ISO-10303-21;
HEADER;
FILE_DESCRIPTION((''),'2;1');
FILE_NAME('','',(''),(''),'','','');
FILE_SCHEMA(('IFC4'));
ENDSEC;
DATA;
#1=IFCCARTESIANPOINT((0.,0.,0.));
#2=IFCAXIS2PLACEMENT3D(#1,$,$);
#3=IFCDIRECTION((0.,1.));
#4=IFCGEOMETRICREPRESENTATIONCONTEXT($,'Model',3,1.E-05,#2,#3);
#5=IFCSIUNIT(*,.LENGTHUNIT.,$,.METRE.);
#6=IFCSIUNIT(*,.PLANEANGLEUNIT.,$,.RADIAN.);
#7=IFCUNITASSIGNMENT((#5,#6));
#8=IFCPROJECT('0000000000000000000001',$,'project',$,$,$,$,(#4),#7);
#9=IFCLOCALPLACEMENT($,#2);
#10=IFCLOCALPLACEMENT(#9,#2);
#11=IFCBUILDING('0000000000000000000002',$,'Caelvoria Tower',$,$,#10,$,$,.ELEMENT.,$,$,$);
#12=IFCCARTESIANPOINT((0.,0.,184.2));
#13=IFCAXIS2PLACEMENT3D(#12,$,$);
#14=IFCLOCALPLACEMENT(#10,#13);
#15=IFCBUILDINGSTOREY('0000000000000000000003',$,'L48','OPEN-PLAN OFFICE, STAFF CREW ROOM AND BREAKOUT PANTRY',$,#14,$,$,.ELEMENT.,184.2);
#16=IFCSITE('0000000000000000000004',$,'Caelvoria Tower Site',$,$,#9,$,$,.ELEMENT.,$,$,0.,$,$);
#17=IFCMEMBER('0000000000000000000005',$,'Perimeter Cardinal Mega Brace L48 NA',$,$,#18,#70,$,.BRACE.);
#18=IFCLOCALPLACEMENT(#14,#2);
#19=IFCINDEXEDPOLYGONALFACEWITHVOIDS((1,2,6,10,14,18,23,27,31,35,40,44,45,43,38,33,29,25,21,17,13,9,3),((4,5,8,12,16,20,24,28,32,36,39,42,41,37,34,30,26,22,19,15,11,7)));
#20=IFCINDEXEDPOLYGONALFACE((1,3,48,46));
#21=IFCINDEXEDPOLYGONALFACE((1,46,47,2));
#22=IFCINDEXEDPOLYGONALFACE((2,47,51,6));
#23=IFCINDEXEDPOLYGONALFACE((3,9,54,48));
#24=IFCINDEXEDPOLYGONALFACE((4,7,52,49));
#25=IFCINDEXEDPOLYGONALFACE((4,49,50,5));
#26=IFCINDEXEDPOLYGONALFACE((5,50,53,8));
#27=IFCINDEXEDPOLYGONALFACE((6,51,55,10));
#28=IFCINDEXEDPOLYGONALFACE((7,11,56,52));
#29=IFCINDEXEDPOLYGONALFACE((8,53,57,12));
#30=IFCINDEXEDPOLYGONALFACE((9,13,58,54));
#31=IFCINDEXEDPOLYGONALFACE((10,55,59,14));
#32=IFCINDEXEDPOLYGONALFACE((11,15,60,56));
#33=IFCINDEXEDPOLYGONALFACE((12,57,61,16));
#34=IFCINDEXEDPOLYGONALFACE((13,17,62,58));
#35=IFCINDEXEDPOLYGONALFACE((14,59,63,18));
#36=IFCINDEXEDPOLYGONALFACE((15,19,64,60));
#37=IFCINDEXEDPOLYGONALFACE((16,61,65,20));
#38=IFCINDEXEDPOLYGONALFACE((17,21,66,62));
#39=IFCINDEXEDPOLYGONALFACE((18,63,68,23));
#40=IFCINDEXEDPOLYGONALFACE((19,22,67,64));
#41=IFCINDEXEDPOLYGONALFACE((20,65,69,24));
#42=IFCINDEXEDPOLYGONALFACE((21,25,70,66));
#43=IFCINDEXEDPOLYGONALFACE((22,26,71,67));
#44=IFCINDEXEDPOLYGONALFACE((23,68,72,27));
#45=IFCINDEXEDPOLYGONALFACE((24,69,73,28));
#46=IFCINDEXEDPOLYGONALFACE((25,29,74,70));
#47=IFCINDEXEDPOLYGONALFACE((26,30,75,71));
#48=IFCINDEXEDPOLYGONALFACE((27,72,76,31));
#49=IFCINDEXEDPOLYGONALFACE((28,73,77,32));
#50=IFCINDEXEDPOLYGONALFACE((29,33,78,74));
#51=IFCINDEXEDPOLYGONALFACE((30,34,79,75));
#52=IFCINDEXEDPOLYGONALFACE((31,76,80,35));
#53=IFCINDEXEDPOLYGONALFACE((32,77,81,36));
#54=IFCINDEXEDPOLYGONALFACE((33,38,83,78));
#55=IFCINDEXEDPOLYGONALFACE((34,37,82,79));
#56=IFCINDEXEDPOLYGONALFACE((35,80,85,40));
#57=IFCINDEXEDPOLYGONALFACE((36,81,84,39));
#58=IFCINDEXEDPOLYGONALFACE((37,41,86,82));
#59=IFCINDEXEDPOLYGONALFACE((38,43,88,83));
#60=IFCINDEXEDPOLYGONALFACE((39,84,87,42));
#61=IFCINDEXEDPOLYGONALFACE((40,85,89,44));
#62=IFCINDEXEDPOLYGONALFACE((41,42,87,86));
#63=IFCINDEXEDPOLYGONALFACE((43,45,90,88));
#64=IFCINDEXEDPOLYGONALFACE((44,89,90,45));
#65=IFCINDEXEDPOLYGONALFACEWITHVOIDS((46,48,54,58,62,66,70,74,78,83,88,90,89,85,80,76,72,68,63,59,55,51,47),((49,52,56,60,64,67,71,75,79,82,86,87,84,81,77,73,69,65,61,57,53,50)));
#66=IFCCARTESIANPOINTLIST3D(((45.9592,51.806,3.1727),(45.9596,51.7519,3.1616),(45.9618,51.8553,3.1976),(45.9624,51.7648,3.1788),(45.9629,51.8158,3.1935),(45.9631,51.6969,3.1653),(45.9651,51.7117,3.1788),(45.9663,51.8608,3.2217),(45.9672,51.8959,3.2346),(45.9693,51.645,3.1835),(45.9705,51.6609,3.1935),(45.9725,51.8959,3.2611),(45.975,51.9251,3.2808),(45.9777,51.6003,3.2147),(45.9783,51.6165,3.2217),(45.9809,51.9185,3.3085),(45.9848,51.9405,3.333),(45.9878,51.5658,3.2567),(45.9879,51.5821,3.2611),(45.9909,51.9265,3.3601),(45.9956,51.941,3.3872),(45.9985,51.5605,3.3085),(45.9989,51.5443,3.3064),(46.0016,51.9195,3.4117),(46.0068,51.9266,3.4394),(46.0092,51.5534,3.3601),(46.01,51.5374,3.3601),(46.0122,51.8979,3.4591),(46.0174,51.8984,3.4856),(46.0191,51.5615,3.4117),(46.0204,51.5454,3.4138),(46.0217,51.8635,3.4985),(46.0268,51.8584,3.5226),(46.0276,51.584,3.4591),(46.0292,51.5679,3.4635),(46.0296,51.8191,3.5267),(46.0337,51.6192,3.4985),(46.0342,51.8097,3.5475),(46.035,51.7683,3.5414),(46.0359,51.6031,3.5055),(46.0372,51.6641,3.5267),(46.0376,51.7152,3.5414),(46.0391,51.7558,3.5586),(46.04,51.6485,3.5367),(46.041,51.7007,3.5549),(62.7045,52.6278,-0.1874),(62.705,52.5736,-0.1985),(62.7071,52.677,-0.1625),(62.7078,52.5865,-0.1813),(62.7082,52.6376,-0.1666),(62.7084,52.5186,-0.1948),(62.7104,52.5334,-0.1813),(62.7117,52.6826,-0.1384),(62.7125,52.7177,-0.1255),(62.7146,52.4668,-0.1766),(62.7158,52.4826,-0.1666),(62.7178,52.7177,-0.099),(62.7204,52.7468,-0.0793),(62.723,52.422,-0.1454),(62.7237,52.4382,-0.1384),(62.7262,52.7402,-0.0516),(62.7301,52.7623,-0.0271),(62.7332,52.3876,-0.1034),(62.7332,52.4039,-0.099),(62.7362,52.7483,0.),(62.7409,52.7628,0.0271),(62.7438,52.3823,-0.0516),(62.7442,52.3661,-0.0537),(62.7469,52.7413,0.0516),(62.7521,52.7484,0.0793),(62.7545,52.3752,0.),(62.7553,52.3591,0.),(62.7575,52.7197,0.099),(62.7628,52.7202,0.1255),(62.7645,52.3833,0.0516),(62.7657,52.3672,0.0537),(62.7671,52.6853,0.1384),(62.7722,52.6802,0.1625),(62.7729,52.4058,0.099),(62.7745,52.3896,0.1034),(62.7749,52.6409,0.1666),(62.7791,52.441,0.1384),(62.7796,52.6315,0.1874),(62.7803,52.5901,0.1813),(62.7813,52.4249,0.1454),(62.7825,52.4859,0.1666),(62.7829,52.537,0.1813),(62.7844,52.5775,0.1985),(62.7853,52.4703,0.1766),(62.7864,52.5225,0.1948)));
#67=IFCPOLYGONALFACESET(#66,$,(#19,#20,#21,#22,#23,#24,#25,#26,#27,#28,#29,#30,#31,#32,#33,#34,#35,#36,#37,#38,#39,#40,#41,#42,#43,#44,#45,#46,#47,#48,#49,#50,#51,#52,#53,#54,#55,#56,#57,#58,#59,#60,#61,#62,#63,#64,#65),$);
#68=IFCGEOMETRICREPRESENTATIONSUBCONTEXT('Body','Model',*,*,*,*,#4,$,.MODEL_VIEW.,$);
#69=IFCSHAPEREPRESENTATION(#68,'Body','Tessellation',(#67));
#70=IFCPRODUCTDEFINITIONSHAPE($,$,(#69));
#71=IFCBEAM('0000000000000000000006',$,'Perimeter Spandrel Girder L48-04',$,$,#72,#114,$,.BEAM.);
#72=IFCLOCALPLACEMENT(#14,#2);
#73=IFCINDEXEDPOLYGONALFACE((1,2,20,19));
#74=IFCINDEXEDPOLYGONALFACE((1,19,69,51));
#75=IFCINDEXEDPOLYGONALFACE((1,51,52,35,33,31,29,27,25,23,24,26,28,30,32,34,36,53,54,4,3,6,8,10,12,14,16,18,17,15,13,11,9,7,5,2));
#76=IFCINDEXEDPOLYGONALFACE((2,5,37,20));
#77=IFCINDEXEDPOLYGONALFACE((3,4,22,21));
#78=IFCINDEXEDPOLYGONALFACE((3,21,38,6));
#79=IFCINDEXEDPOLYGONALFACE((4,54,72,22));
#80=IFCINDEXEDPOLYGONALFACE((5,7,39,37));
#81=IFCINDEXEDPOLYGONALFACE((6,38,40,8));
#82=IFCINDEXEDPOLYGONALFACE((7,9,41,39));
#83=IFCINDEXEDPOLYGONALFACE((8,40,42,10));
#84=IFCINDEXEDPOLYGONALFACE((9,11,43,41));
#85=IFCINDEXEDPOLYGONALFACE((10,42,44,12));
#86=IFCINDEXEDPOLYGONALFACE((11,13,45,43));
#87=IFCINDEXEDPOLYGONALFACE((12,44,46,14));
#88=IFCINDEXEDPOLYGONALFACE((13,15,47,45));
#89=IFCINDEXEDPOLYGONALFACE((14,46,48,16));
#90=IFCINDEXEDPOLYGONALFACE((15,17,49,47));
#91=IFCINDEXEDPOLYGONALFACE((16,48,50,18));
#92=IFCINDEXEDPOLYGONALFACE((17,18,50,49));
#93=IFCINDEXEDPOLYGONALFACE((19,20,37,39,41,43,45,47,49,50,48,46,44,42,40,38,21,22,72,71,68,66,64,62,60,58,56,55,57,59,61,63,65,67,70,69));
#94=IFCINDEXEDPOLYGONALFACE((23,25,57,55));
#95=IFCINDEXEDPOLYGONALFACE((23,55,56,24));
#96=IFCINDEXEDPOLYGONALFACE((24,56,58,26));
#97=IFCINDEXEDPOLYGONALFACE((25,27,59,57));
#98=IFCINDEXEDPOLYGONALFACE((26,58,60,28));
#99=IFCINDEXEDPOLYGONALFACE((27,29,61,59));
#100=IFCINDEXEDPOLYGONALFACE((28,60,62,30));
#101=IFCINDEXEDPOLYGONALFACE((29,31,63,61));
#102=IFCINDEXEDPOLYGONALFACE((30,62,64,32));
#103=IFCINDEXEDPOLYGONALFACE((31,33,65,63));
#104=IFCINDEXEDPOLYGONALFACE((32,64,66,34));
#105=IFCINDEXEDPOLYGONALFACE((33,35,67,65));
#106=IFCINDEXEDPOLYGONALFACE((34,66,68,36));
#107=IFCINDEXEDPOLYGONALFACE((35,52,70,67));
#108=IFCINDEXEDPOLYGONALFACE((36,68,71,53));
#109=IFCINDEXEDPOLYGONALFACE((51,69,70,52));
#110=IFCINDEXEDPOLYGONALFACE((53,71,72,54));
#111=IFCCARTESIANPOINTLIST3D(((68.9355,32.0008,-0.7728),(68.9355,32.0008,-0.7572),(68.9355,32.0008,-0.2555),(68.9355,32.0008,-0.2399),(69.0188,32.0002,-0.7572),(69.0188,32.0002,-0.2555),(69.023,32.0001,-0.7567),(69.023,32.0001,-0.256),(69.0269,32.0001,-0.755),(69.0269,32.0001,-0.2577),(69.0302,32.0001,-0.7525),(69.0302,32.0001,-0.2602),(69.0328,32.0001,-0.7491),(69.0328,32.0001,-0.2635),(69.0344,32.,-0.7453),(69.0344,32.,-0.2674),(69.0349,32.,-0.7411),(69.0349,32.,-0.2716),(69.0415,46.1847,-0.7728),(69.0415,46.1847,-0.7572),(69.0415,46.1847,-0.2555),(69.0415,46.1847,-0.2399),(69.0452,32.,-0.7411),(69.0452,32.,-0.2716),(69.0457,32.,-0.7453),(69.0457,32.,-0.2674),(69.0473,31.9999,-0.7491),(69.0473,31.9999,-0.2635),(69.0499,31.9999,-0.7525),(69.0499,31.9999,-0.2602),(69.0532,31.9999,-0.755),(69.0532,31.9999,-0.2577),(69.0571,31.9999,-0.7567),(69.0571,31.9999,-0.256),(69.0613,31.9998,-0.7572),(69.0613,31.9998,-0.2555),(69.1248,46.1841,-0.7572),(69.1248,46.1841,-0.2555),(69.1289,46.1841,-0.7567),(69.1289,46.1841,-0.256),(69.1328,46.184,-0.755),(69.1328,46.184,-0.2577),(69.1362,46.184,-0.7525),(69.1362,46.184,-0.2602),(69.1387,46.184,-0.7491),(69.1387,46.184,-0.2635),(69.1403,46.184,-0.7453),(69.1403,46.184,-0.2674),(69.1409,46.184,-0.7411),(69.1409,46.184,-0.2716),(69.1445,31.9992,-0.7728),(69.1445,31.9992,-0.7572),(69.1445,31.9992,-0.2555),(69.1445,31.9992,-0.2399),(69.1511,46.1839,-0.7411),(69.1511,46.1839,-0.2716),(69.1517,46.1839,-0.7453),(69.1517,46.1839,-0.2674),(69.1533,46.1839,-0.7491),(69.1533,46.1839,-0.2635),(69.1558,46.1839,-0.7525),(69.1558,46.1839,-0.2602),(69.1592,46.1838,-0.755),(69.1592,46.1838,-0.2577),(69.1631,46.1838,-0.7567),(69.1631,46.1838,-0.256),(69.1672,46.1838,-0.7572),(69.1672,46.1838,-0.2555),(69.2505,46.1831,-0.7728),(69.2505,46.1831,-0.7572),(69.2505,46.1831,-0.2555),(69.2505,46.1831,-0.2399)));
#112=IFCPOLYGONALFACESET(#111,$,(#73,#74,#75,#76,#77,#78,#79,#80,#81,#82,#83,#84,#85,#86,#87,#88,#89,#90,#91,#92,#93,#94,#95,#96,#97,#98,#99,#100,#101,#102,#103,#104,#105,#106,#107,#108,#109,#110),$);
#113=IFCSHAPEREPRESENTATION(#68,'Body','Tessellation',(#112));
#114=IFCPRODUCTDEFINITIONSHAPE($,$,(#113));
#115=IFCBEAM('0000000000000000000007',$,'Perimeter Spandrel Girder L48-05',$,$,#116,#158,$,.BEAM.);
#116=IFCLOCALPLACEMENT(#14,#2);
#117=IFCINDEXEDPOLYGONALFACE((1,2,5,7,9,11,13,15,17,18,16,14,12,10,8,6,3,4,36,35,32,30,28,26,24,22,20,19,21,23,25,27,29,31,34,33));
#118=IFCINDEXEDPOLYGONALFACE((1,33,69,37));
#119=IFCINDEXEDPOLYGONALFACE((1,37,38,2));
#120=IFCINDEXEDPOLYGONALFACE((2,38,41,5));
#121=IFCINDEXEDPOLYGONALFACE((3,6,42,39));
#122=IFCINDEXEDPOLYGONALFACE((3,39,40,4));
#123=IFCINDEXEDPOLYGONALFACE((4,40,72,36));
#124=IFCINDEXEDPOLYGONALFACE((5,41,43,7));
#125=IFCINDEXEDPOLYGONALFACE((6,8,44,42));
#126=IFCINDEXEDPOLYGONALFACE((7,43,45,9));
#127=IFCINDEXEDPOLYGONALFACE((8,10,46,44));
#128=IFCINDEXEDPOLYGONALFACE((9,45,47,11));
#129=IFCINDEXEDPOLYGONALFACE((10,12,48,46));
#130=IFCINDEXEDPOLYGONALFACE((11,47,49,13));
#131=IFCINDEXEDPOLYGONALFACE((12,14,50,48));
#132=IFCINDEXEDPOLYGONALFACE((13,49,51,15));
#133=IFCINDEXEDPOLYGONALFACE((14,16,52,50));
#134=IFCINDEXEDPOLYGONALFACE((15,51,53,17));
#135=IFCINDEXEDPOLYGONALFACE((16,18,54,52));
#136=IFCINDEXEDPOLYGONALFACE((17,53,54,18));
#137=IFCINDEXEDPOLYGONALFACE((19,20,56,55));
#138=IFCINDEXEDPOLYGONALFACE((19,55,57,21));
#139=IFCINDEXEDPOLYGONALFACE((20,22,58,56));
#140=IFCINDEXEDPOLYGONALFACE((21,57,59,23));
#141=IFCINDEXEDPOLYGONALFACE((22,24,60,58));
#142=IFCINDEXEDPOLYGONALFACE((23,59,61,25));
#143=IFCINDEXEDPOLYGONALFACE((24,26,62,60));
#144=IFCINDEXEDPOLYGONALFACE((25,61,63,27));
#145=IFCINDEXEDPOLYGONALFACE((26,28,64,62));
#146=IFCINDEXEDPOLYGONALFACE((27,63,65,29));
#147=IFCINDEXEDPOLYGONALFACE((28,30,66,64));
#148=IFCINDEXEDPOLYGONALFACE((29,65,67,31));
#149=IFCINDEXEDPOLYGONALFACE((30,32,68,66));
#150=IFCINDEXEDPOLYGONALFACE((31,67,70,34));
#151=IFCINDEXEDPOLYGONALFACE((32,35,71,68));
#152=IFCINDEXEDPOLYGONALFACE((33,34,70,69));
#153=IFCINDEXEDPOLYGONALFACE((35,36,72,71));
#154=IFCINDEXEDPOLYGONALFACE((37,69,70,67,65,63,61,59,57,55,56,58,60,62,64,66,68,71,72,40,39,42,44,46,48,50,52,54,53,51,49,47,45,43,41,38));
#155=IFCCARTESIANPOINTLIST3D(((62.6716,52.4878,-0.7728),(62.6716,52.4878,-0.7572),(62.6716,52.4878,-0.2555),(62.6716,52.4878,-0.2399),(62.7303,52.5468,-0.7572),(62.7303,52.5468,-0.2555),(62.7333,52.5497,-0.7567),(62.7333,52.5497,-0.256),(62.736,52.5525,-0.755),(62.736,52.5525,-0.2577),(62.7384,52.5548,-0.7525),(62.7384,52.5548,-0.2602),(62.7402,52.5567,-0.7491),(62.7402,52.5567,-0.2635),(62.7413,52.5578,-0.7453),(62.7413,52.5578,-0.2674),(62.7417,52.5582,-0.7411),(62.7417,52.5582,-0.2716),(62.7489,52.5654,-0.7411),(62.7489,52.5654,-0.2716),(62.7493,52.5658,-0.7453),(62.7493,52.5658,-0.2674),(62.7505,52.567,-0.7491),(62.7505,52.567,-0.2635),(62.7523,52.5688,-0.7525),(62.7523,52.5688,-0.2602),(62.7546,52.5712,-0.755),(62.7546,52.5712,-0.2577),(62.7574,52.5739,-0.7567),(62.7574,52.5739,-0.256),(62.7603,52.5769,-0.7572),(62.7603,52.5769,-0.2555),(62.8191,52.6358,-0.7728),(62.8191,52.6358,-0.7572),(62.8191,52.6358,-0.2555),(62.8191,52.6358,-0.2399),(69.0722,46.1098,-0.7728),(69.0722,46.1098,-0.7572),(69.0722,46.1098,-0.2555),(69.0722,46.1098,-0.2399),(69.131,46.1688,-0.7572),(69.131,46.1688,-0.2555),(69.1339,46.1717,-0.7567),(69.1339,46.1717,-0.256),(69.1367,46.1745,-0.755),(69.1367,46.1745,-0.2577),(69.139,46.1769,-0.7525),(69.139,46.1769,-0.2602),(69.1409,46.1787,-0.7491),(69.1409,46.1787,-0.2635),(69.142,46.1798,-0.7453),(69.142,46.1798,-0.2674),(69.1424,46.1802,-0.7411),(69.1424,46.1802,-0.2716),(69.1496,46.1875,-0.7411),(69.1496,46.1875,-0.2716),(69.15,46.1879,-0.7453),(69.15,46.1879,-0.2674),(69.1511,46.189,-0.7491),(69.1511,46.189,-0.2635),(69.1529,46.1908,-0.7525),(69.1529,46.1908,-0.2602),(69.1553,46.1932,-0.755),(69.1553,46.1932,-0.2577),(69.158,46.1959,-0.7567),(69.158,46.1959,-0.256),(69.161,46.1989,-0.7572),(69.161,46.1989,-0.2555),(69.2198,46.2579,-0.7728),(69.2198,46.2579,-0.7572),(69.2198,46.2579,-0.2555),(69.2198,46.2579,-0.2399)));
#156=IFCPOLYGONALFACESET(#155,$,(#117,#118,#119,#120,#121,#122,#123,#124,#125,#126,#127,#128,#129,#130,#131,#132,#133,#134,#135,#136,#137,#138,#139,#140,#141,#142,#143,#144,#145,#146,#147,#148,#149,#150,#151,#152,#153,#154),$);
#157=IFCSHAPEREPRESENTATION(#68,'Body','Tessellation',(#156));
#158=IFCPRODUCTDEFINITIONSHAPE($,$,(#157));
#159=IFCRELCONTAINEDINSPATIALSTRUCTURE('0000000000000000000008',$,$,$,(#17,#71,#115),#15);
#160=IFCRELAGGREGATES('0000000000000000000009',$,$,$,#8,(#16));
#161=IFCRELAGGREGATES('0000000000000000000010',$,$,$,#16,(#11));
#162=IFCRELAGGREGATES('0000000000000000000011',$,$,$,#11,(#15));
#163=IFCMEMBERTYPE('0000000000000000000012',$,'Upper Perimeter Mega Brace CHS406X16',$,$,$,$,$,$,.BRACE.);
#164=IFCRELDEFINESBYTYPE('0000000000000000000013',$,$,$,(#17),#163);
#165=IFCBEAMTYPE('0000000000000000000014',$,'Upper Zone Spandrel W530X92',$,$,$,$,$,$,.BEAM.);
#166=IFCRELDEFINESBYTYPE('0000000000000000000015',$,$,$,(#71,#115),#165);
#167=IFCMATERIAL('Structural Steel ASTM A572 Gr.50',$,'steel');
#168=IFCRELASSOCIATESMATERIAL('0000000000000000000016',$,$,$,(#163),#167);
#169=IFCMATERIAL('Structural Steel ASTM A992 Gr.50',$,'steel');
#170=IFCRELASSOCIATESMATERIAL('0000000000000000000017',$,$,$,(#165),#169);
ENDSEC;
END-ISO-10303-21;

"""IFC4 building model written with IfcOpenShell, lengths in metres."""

from ifc_helpers import new_model, si_unit, direction, frame, origin, origin_2d, place, context, subcontext, project, spatial, hollow_circle, i_section, extrude, material, material_profile, profile_set, type_object, element, save


model = new_model("IFC4")

# Units and contexts
model_context = context("Model", 3, precision=1e-05, world=origin(), true_north=direction((0.0, 1.0)))
body_context = subcontext(model_context, "Body", "Model", "MODEL_VIEW")
ifc_project = project(units=[si_unit("LENGTHUNIT", "METRE"), si_unit("PLANEANGLEUNIT", "RADIAN")], contexts=[model_context])

# Site, building, storey
site_placement = place(None, origin())
site = spatial("IfcSite", under=ifc_project, at=site_placement, Name="Caelvoria Tower Site", CompositionType="ELEMENT", RefElevation=0.0)
building_placement = place(site_placement, origin())
building = spatial("IfcBuilding", under=site, at=building_placement, Name="Caelvoria Tower", CompositionType="ELEMENT")
storey_placement = place(building_placement, frame((0.0, 0.0, 184.2)))
storey = spatial("IfcBuildingStorey", under=building, at=storey_placement, Name="L48", Description="OPEN-PLAN OFFICE, STAFF CREW ROOM AND BREAKOUT PANTRY", CompositionType="ELEMENT", Elevation=184.2)

# Shared definitions
ifc_material_1 = material(Name="Structural Steel ASTM A572 Gr.50", Category="steel")
ifc_material_2 = material(Name="Structural Steel ASTM A992 Gr.50", Category="steel")

# Member
ifc_material_profile_1 = material_profile(ifc_material_1, hollow_circle(Radius=0.2029, WallThickness=0.0161, at=origin_2d()), Name="Structural Steel ASTM A572 Gr.50")
ifc_profile_set_1 = profile_set([ifc_material_profile_1], Name="CHS406X16 - Structural Steel ASTM A572 Gr.50")
member_type = type_object("IfcMemberType", Name="Upper Perimeter Mega Brace CHS406X16", PredefinedType="BRACE", material=ifc_profile_set_1)
member_1_placement = place(storey_placement, frame((62.7454, 52.5618, 0.0), z_axis=(-0.979323, -0.04806, 0.19651), x_axis=(0.049016, -0.998798, 0.0)))
element("IfcMember", 1, at=member_1_placement, inside=storey, type_object=member_type, Name="Perimeter Cardinal Mega Brace L48 NA", PredefinedType="BRACE", context=body_context, shape_type="SweptSolid", body=[
    extrude(hollow_circle(Radius=0.2029, WallThickness=0.0161, at=origin_2d()), origin(), (0.0, 0.0, 1.0), 17.0989),
])

# Beams
ifc_material_profile_2 = material_profile(ifc_material_2, i_section(OverallWidth=0.209, OverallDepth=0.533, WebThickness=0.0103, FlangeThickness=0.0156, FilletRadius=0.0161, at=origin_2d()), Name="Structural Steel ASTM A992 Gr.50")
ifc_profile_set_2 = profile_set([ifc_material_profile_2], Name="W530X92 - Structural Steel ASTM A992 Gr.50")
beam_type_1 = type_object("IfcBeamType", Name="Upper Zone Spandrel W530X92", PredefinedType="BEAM", material=ifc_profile_set_2)
beam_1_placement = place(storey_placement, frame((69.04, 32.0, -0.5063), z_axis=(0.00747, 0.999972, 0.0), x_axis=(-0.999972, 0.00747, 0.0)))
element("IfcBeam", 2, at=beam_1_placement, inside=storey, type_object=beam_type_1, Name="Perimeter Spandrel Girder L48-04", PredefinedType="BEAM", context=body_context, shape_type="SweptSolid", body=[
    extrude(i_section(OverallWidth=0.209, OverallDepth=0.533, WebThickness=0.0103, FlangeThickness=0.0156, FilletRadius=0.0161, at=origin_2d()), origin(), (0.0, 0.0, 1.0), 14.1843),
])
beam_2_placement = place(storey_placement, frame((69.146, 46.1838, -0.5063), z_axis=(-0.708362, 0.705849, 0.0), x_axis=(-0.705849, -0.708362, 0.0)))
element("IfcBeam", 3, at=beam_2_placement, inside=storey, type_object=beam_type_1, Name="Perimeter Spandrel Girder L48-05", PredefinedType="BEAM", context=body_context, shape_type="SweptSolid", body=[
    extrude(i_section(OverallWidth=0.209, OverallDepth=0.533, WebThickness=0.0103, FlangeThickness=0.0156, FilletRadius=0.0161, at=origin_2d()), origin(), (0.0, 0.0, 1.0), 9.0359),
])

save(model, "model.ifc")
